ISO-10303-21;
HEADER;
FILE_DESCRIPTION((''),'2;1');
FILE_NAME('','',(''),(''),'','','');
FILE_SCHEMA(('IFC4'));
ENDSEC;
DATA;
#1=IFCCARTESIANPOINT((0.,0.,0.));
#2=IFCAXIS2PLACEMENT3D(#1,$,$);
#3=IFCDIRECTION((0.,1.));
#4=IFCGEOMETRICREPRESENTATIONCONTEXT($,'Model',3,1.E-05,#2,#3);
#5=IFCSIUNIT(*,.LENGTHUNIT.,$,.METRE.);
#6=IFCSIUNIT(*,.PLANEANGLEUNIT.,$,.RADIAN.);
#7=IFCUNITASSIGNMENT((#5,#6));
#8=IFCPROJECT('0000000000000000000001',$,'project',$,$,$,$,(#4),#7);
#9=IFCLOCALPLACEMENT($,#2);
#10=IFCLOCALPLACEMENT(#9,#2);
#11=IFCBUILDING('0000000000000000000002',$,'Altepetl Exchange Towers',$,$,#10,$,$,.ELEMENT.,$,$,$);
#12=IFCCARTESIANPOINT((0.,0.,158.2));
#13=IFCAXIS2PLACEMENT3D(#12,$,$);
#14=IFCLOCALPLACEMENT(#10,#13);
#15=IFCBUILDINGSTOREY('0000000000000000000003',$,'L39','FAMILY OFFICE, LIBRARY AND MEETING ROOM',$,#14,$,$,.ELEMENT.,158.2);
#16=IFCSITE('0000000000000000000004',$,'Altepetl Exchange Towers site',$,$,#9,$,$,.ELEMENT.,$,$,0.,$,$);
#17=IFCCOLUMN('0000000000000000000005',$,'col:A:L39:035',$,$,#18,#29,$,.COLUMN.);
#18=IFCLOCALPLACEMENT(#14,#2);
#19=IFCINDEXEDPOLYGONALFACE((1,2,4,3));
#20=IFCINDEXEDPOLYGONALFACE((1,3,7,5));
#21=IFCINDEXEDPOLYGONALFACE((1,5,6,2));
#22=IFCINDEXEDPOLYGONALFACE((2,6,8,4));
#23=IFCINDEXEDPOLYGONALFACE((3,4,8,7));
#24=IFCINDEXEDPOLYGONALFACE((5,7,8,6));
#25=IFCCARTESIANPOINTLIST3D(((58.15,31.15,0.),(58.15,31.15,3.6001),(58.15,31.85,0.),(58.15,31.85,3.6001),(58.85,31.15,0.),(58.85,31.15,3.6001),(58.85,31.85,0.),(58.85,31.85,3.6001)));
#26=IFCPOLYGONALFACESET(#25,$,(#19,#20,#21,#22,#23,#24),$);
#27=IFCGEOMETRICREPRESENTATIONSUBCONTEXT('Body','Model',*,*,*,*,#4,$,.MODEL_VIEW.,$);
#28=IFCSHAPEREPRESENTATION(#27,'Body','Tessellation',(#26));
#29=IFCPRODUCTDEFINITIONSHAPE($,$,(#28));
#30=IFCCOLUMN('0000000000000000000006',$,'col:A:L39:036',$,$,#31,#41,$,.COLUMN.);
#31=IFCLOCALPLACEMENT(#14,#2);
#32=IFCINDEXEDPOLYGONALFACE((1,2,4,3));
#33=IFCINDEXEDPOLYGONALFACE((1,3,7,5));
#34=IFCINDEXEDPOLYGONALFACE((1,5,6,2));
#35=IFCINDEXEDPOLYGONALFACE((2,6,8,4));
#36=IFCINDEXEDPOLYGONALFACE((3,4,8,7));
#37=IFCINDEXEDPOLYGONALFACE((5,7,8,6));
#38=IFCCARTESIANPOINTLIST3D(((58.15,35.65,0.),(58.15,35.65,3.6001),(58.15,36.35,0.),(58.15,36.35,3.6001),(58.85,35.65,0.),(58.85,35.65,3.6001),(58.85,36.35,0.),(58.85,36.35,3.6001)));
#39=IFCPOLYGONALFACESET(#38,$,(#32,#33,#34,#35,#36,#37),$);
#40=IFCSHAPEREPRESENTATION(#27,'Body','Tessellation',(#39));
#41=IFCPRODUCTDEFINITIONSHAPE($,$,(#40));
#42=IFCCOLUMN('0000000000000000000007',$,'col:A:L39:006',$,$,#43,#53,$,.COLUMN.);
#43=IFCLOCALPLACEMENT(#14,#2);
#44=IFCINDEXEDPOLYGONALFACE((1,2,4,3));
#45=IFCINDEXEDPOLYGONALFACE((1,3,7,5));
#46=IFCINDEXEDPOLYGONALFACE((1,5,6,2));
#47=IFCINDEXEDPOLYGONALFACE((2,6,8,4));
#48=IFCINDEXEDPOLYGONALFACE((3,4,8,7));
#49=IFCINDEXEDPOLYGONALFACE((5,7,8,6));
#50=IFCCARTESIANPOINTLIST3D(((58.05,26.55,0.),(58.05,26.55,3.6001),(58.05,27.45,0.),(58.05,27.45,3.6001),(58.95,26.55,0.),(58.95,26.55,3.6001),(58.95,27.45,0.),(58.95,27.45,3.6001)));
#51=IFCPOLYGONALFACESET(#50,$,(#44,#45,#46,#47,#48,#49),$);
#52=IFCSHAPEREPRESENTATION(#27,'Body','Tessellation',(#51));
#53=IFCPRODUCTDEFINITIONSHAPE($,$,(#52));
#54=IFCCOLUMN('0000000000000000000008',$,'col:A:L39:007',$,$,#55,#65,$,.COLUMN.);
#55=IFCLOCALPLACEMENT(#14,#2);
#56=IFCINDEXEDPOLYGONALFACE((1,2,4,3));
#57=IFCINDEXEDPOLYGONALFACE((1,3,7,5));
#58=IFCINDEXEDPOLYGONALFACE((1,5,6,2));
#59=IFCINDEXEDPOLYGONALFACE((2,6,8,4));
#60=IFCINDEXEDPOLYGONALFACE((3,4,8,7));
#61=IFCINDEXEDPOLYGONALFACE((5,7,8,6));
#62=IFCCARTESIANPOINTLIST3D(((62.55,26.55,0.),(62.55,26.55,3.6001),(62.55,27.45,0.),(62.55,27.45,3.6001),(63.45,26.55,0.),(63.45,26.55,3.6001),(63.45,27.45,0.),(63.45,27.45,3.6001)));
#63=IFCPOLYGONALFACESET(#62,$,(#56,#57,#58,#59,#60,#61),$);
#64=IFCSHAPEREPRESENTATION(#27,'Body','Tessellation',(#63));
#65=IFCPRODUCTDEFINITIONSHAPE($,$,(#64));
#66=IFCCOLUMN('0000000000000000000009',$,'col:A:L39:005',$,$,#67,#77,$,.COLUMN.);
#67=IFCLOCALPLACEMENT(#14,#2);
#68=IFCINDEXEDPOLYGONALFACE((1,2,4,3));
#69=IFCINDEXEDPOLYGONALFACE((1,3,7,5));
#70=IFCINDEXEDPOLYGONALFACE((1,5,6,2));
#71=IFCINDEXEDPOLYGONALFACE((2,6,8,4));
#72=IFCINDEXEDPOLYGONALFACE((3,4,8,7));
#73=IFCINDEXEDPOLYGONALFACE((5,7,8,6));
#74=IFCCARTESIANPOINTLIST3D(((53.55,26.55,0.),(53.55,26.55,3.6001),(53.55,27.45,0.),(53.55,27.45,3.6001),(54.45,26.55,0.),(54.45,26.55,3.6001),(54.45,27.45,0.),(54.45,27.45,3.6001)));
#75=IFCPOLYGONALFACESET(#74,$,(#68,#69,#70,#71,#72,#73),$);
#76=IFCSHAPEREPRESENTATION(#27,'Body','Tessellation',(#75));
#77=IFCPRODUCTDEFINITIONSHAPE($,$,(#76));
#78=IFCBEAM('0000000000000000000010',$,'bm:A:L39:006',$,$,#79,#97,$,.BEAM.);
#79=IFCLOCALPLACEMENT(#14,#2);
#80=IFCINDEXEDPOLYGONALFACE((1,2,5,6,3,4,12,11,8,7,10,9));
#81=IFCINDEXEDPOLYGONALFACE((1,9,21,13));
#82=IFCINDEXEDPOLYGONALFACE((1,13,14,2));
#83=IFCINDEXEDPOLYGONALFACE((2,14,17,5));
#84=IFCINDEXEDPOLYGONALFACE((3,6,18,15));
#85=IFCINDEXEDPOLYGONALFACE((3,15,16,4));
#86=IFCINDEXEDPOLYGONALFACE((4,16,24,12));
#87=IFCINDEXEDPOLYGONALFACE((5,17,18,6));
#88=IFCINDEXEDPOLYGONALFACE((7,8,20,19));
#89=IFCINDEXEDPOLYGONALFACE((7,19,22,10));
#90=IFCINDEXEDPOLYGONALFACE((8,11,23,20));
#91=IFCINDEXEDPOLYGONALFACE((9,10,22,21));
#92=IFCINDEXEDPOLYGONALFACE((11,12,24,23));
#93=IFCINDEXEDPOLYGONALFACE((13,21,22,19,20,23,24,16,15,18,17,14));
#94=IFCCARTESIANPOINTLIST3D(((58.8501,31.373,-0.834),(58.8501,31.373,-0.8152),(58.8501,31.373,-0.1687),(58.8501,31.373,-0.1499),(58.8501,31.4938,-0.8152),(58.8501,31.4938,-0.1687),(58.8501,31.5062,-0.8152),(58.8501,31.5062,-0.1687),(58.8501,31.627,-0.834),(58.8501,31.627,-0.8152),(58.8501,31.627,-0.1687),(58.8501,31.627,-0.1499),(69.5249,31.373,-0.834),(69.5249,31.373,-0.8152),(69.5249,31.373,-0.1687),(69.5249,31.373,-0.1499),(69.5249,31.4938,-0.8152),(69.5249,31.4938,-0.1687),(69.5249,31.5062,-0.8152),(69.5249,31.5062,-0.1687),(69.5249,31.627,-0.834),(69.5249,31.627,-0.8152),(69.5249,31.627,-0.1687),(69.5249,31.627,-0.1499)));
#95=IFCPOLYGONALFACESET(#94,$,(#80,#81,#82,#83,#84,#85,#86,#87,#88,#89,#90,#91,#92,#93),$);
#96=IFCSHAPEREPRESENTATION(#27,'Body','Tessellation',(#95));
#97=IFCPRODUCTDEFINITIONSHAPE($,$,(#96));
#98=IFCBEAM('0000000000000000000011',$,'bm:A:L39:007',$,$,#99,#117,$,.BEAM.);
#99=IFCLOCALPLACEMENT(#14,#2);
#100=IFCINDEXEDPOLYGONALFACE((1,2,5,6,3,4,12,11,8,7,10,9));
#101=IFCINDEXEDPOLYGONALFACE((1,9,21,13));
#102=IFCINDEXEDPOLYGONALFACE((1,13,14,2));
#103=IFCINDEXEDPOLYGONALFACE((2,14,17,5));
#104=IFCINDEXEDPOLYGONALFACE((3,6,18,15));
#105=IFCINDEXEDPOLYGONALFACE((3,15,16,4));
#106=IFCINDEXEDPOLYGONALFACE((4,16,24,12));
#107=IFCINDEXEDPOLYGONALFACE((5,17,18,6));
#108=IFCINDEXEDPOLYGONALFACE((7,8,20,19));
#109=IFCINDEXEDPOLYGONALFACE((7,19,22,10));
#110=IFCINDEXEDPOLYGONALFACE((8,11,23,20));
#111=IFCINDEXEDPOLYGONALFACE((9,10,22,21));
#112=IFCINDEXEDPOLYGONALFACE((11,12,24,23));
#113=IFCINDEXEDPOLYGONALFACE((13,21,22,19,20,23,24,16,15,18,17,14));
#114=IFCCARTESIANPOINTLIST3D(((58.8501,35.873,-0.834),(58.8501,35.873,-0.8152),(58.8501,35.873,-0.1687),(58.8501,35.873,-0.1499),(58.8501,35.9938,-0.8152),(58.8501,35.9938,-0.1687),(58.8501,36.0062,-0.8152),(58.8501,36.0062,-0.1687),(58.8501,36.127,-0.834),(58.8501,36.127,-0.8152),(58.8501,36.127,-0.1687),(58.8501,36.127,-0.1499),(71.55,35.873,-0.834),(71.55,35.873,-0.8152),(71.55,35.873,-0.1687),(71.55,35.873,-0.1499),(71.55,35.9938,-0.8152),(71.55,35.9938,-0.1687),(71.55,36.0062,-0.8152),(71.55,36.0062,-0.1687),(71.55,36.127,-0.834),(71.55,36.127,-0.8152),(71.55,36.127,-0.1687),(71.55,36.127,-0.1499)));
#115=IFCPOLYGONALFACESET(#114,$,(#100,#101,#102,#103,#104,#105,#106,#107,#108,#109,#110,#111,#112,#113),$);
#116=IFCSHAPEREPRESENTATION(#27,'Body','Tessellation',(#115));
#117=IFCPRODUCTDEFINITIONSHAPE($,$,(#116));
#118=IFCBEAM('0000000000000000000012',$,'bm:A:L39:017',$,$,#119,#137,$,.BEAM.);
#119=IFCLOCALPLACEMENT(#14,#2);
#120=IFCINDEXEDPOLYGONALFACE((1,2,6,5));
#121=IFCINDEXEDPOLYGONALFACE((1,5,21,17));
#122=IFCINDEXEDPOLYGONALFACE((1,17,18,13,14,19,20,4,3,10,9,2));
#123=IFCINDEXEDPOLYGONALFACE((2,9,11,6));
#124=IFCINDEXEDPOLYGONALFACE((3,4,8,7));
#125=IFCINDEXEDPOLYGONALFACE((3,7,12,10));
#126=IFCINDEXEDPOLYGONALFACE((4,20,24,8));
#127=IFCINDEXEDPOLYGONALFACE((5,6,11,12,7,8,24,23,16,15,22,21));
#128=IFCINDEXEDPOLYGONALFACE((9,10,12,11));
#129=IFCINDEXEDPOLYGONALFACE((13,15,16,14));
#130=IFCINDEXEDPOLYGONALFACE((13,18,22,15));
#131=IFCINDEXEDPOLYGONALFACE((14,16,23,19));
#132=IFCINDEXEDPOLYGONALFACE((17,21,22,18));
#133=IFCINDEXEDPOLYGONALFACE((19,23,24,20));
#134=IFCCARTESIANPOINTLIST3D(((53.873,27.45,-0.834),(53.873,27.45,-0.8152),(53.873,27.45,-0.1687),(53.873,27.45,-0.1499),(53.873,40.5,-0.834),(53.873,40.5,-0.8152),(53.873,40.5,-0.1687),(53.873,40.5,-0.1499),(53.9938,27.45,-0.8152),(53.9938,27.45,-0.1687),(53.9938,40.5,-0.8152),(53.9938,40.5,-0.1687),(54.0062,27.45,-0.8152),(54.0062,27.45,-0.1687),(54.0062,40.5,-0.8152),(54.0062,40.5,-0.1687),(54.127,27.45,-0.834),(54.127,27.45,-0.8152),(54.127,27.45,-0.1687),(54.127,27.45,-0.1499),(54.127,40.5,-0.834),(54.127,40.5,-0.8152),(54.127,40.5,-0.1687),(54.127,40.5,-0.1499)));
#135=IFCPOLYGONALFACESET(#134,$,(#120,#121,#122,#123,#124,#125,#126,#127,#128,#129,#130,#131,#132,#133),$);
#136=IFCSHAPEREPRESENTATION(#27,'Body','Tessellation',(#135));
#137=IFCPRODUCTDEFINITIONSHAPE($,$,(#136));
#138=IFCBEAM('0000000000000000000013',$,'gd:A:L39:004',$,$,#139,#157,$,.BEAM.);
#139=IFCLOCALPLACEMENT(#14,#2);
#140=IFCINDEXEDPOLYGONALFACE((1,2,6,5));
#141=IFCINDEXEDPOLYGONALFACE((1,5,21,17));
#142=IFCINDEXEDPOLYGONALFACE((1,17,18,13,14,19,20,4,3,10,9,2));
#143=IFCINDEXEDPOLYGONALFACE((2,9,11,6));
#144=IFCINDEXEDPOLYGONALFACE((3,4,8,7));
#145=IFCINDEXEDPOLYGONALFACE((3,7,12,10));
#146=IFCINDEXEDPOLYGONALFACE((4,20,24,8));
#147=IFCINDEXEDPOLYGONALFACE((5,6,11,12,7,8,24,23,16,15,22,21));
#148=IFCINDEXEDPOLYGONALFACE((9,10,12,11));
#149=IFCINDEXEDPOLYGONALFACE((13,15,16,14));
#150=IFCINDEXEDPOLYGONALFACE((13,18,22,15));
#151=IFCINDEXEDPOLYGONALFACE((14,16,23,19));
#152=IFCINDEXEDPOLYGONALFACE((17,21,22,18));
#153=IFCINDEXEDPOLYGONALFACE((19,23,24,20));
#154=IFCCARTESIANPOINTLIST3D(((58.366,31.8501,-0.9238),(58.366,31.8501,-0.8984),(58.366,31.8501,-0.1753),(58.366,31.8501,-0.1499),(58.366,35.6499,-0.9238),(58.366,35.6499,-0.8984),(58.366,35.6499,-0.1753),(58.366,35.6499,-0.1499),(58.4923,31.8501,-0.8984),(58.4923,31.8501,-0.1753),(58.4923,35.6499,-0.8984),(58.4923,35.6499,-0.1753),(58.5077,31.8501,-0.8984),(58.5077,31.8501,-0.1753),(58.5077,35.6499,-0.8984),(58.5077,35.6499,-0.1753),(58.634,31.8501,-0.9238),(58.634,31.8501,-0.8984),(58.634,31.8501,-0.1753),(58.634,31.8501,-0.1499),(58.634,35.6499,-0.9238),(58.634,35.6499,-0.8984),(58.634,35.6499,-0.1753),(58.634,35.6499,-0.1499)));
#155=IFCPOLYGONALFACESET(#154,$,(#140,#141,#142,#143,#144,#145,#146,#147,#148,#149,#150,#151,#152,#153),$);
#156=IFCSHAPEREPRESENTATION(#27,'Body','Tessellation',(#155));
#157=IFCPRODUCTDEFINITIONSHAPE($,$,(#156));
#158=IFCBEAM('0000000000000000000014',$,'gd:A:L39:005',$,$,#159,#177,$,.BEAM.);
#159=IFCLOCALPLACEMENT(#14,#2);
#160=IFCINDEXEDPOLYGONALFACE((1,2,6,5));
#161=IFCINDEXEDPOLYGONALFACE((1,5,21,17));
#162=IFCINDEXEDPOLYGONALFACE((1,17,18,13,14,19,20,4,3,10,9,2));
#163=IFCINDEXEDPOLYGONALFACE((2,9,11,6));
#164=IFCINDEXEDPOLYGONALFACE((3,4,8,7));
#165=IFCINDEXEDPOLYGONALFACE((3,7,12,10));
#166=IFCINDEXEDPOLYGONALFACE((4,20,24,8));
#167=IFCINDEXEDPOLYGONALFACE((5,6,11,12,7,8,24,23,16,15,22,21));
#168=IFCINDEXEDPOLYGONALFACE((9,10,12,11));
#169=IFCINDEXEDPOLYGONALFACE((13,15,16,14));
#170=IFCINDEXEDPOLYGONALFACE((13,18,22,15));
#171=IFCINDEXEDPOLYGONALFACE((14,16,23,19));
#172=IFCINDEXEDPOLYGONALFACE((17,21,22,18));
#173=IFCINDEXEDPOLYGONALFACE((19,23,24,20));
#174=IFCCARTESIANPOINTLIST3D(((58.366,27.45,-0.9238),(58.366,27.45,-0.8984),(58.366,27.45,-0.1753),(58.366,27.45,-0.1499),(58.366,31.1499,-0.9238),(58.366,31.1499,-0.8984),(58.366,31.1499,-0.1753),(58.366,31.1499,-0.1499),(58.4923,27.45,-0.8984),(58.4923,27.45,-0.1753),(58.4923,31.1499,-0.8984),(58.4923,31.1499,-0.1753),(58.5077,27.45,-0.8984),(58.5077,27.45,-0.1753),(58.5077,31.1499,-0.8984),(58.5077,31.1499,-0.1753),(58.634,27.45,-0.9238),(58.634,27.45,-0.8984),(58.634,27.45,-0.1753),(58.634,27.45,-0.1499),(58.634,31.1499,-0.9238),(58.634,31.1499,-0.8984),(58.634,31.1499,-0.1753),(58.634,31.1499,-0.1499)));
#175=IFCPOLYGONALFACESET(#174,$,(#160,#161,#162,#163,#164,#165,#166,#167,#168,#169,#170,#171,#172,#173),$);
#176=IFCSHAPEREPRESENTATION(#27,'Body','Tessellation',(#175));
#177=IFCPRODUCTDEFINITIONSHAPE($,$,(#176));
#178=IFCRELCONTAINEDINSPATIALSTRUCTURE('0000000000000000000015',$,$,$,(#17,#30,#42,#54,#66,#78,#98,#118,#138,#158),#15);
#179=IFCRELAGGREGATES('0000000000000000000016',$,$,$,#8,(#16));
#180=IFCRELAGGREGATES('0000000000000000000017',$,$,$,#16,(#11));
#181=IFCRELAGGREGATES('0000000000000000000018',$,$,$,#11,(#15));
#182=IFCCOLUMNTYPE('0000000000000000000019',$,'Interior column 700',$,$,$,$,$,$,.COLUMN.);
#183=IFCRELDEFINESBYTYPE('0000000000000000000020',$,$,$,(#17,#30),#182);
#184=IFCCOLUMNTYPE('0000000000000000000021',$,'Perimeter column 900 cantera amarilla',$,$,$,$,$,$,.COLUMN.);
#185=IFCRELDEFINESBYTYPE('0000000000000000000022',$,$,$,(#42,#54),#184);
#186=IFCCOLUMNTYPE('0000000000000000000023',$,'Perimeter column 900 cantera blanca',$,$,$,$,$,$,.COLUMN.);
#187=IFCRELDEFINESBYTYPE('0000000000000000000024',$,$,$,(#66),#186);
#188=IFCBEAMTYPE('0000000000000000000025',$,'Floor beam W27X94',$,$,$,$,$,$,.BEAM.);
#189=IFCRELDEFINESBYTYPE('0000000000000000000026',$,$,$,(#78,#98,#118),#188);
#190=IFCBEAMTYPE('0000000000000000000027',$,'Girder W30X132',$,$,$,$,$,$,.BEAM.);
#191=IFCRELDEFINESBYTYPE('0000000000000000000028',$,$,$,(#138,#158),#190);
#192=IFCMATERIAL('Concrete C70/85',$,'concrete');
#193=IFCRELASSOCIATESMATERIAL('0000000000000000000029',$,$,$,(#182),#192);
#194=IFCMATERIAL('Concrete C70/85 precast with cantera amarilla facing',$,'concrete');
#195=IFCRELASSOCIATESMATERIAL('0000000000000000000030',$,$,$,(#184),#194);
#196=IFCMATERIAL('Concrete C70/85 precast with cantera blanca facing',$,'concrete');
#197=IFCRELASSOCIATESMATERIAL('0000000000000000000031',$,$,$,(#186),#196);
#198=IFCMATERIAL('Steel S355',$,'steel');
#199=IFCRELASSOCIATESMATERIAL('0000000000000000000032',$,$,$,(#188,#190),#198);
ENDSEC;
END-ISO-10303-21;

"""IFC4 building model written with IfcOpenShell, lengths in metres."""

from ifc_helpers import new_model, si_unit, direction, frame, origin, origin_2d, place, context, subcontext, project, spatial, rectangle, i_section, extrude, material, material_profile, profile_set, type_object, element, save


model = new_model("IFC4")

# Units and contexts
model_context = context("Model", 3, precision=1e-05, world=origin(), true_north=direction((0.0, 1.0)))
body_context = subcontext(model_context, "Body", "Model", "MODEL_VIEW")
ifc_project = project(units=[si_unit("LENGTHUNIT", "METRE"), si_unit("PLANEANGLEUNIT", "RADIAN")], contexts=[model_context])

# Site, building, storey
site_placement = place(None, origin())
site = spatial("IfcSite", under=ifc_project, at=site_placement, Name="Altepetl Exchange Towers site", CompositionType="ELEMENT", RefElevation=0.0)
building_placement = place(site_placement, origin())
building = spatial("IfcBuilding", under=site, at=building_placement, Name="Altepetl Exchange Towers", CompositionType="ELEMENT")
storey_placement = place(building_placement, frame((0.0, 0.0, 158.2)))
storey = spatial("IfcBuildingStorey", under=building, at=storey_placement, Name="L39", Description="FAMILY OFFICE, LIBRARY AND MEETING ROOM", CompositionType="ELEMENT", Elevation=158.2)

# Columns
ifc_material_1 = material(Name="Concrete C70/85", Category="concrete")
ifc_material_profile_1 = material_profile(ifc_material_1, rectangle(XDim=0.7, YDim=0.7, at=origin_2d()), Name="700 x 700")
ifc_profile_set_1 = profile_set([ifc_material_profile_1], Name="Concrete C70/85")
column_type_1 = type_object("IfcColumnType", Name="Interior column 700", PredefinedType="COLUMN", material=ifc_profile_set_1)
for number, where, name in (
    (1, (58.5, 31.5, 0.0), "col:A:L39:035"),
    (2, (58.5, 36.0, 0.0), "col:A:L39:036"),
):
    element("IfcColumn", number, at=place(storey_placement, frame(where)), inside=storey, type_object=column_type_1, Name=name, PredefinedType="COLUMN", context=body_context, shape_type="SweptSolid", body=[
        extrude(rectangle(XDim=0.7, YDim=0.7, at=origin_2d()), origin(), (0.0, 0.0, 1.0), 3.6001),
    ])
ifc_material_2 = material(Name="Concrete C70/85 precast with cantera amarilla facing", Category="concrete")
ifc_material_profile_2 = material_profile(ifc_material_2, rectangle(XDim=0.8999, YDim=0.8999, at=origin_2d()), Name="900 x 900")
ifc_profile_set_2 = profile_set([ifc_material_profile_2], Name="Concrete C70/85 precast with cantera amarilla facing")
column_type_2 = type_object("IfcColumnType", Name="Perimeter column 900 cantera amarilla", PredefinedType="COLUMN", material=ifc_profile_set_2)
for number, where, name in (
    (3, (58.5, 27.0, 0.0), "col:A:L39:006"),
    (4, (63.0, 27.0, 0.0), "col:A:L39:007"),
):
    element("IfcColumn", number, at=place(storey_placement, frame(where)), inside=storey, type_object=column_type_2, Name=name, PredefinedType="COLUMN", context=body_context, shape_type="SweptSolid", body=[
        extrude(rectangle(XDim=0.8999, YDim=0.8999, at=origin_2d()), origin(), (0.0, 0.0, 1.0), 3.6001),
    ])
ifc_material_3 = material(Name="Concrete C70/85 precast with cantera blanca facing", Category="concrete")
ifc_material_profile_3 = material_profile(ifc_material_3, rectangle(XDim=0.8999, YDim=0.8999, at=origin_2d()), Name="900 x 900")
ifc_profile_set_3 = profile_set([ifc_material_profile_3], Name="Concrete C70/85 precast with cantera blanca facing")
column_type_3 = type_object("IfcColumnType", Name="Perimeter column 900 cantera blanca", PredefinedType="COLUMN", material=ifc_profile_set_3)
column_placement = place(storey_placement, frame((54.0, 27.0, 0.0)))
element("IfcColumn", 5, at=column_placement, inside=storey, type_object=column_type_3, Name="col:A:L39:005", PredefinedType="COLUMN", context=body_context, shape_type="SweptSolid", body=[
    extrude(rectangle(XDim=0.8999, YDim=0.8999, at=origin_2d()), origin(), (0.0, 0.0, 1.0), 3.6001),
])

# Beams
ifc_material_4 = material(Name="Steel S355", Category="steel")
ifc_material_profile_4 = material_profile(ifc_material_4, i_section(OverallWidth=0.2539, OverallDepth=0.6841, WebThickness=0.0125, FlangeThickness=0.0188, at=origin_2d()), Name="W27X94")
ifc_profile_set_4 = profile_set([ifc_material_profile_4], Name="Steel S355")
beam_type_1 = type_object("IfcBeamType", Name="Floor beam W27X94", PredefinedType="BEAM", material=ifc_profile_set_4)
beam_1_placement = place(storey_placement, frame((58.8501, 31.5, -0.4919), z_axis=(1.0, 0.0, 0.0), x_axis=(0.0, 1.0, 0.0)))
element("IfcBeam", 6, at=beam_1_placement, inside=storey, type_object=beam_type_1, Name="bm:A:L39:006", PredefinedType="BEAM", context=body_context, shape_type="SweptSolid", body=[
    extrude(i_section(OverallWidth=0.2539, OverallDepth=0.6841, WebThickness=0.0125, FlangeThickness=0.0188, at=origin_2d()), origin(), (0.0, 0.0, 1.0), 10.6748),
])
beam_2_placement = place(storey_placement, frame((58.8501, 36.0, -0.4919), z_axis=(1.0, 0.0, 0.0), x_axis=(0.0, 1.0, 0.0)))
element("IfcBeam", 7, at=beam_2_placement, inside=storey, type_object=beam_type_1, Name="bm:A:L39:007", PredefinedType="BEAM", context=body_context, shape_type="SweptSolid", body=[
    extrude(i_section(OverallWidth=0.2539, OverallDepth=0.6841, WebThickness=0.0125, FlangeThickness=0.0188, at=origin_2d()), origin(), (0.0, 0.0, 1.0), 12.7),
])
beam_3_placement = place(storey_placement, frame((54.0, 27.45, -0.4919), z_axis=(0.0, 1.0, 0.0), x_axis=(-1.0, 0.0, 0.0)))
element("IfcBeam", 8, at=beam_3_placement, inside=storey, type_object=beam_type_1, Name="bm:A:L39:017", PredefinedType="BEAM", context=body_context, shape_type="SweptSolid", body=[
    extrude(i_section(OverallWidth=0.2539, OverallDepth=0.6841, WebThickness=0.0125, FlangeThickness=0.0188, at=origin_2d()), origin(), (0.0, 0.0, 1.0), 13.05),
])
ifc_material_profile_5 = material_profile(ifc_material_4, i_section(OverallWidth=0.2681, OverallDepth=0.7739, WebThickness=0.0154, FlangeThickness=0.0254, at=origin_2d()), Name="W30X132")
ifc_profile_set_5 = profile_set([ifc_material_profile_5], Name="Steel S355")
beam_type_2 = type_object("IfcBeamType", Name="Girder W30X132", PredefinedType="BEAM", material=ifc_profile_set_5)
beam_4_placement = place(storey_placement, frame((58.5, 35.6499, -0.5369), z_axis=(0.0, -1.0, 0.0), x_axis=(1.0, 0.0, 0.0)))
element("IfcBeam", 9, at=beam_4_placement, inside=storey, type_object=beam_type_2, Name="gd:A:L39:004", PredefinedType="BEAM", context=body_context, shape_type="SweptSolid", body=[
    extrude(i_section(OverallWidth=0.2681, OverallDepth=0.7739, WebThickness=0.0154, FlangeThickness=0.0254, at=origin_2d()), origin(), (0.0, 0.0, 1.0), 3.7998),
])
beam_5_placement = place(storey_placement, frame((58.5, 31.1499, -0.5369), z_axis=(0.0, -1.0, 0.0), x_axis=(1.0, 0.0, 0.0)))
element("IfcBeam", 10, at=beam_5_placement, inside=storey, type_object=beam_type_2, Name="gd:A:L39:005", PredefinedType="BEAM", context=body_context, shape_type="SweptSolid", body=[
    extrude(i_section(OverallWidth=0.2681, OverallDepth=0.7739, WebThickness=0.0154, FlangeThickness=0.0254, at=origin_2d()), origin(), (0.0, 0.0, 1.0), 3.7),
])

save(model, "model.ifc")
